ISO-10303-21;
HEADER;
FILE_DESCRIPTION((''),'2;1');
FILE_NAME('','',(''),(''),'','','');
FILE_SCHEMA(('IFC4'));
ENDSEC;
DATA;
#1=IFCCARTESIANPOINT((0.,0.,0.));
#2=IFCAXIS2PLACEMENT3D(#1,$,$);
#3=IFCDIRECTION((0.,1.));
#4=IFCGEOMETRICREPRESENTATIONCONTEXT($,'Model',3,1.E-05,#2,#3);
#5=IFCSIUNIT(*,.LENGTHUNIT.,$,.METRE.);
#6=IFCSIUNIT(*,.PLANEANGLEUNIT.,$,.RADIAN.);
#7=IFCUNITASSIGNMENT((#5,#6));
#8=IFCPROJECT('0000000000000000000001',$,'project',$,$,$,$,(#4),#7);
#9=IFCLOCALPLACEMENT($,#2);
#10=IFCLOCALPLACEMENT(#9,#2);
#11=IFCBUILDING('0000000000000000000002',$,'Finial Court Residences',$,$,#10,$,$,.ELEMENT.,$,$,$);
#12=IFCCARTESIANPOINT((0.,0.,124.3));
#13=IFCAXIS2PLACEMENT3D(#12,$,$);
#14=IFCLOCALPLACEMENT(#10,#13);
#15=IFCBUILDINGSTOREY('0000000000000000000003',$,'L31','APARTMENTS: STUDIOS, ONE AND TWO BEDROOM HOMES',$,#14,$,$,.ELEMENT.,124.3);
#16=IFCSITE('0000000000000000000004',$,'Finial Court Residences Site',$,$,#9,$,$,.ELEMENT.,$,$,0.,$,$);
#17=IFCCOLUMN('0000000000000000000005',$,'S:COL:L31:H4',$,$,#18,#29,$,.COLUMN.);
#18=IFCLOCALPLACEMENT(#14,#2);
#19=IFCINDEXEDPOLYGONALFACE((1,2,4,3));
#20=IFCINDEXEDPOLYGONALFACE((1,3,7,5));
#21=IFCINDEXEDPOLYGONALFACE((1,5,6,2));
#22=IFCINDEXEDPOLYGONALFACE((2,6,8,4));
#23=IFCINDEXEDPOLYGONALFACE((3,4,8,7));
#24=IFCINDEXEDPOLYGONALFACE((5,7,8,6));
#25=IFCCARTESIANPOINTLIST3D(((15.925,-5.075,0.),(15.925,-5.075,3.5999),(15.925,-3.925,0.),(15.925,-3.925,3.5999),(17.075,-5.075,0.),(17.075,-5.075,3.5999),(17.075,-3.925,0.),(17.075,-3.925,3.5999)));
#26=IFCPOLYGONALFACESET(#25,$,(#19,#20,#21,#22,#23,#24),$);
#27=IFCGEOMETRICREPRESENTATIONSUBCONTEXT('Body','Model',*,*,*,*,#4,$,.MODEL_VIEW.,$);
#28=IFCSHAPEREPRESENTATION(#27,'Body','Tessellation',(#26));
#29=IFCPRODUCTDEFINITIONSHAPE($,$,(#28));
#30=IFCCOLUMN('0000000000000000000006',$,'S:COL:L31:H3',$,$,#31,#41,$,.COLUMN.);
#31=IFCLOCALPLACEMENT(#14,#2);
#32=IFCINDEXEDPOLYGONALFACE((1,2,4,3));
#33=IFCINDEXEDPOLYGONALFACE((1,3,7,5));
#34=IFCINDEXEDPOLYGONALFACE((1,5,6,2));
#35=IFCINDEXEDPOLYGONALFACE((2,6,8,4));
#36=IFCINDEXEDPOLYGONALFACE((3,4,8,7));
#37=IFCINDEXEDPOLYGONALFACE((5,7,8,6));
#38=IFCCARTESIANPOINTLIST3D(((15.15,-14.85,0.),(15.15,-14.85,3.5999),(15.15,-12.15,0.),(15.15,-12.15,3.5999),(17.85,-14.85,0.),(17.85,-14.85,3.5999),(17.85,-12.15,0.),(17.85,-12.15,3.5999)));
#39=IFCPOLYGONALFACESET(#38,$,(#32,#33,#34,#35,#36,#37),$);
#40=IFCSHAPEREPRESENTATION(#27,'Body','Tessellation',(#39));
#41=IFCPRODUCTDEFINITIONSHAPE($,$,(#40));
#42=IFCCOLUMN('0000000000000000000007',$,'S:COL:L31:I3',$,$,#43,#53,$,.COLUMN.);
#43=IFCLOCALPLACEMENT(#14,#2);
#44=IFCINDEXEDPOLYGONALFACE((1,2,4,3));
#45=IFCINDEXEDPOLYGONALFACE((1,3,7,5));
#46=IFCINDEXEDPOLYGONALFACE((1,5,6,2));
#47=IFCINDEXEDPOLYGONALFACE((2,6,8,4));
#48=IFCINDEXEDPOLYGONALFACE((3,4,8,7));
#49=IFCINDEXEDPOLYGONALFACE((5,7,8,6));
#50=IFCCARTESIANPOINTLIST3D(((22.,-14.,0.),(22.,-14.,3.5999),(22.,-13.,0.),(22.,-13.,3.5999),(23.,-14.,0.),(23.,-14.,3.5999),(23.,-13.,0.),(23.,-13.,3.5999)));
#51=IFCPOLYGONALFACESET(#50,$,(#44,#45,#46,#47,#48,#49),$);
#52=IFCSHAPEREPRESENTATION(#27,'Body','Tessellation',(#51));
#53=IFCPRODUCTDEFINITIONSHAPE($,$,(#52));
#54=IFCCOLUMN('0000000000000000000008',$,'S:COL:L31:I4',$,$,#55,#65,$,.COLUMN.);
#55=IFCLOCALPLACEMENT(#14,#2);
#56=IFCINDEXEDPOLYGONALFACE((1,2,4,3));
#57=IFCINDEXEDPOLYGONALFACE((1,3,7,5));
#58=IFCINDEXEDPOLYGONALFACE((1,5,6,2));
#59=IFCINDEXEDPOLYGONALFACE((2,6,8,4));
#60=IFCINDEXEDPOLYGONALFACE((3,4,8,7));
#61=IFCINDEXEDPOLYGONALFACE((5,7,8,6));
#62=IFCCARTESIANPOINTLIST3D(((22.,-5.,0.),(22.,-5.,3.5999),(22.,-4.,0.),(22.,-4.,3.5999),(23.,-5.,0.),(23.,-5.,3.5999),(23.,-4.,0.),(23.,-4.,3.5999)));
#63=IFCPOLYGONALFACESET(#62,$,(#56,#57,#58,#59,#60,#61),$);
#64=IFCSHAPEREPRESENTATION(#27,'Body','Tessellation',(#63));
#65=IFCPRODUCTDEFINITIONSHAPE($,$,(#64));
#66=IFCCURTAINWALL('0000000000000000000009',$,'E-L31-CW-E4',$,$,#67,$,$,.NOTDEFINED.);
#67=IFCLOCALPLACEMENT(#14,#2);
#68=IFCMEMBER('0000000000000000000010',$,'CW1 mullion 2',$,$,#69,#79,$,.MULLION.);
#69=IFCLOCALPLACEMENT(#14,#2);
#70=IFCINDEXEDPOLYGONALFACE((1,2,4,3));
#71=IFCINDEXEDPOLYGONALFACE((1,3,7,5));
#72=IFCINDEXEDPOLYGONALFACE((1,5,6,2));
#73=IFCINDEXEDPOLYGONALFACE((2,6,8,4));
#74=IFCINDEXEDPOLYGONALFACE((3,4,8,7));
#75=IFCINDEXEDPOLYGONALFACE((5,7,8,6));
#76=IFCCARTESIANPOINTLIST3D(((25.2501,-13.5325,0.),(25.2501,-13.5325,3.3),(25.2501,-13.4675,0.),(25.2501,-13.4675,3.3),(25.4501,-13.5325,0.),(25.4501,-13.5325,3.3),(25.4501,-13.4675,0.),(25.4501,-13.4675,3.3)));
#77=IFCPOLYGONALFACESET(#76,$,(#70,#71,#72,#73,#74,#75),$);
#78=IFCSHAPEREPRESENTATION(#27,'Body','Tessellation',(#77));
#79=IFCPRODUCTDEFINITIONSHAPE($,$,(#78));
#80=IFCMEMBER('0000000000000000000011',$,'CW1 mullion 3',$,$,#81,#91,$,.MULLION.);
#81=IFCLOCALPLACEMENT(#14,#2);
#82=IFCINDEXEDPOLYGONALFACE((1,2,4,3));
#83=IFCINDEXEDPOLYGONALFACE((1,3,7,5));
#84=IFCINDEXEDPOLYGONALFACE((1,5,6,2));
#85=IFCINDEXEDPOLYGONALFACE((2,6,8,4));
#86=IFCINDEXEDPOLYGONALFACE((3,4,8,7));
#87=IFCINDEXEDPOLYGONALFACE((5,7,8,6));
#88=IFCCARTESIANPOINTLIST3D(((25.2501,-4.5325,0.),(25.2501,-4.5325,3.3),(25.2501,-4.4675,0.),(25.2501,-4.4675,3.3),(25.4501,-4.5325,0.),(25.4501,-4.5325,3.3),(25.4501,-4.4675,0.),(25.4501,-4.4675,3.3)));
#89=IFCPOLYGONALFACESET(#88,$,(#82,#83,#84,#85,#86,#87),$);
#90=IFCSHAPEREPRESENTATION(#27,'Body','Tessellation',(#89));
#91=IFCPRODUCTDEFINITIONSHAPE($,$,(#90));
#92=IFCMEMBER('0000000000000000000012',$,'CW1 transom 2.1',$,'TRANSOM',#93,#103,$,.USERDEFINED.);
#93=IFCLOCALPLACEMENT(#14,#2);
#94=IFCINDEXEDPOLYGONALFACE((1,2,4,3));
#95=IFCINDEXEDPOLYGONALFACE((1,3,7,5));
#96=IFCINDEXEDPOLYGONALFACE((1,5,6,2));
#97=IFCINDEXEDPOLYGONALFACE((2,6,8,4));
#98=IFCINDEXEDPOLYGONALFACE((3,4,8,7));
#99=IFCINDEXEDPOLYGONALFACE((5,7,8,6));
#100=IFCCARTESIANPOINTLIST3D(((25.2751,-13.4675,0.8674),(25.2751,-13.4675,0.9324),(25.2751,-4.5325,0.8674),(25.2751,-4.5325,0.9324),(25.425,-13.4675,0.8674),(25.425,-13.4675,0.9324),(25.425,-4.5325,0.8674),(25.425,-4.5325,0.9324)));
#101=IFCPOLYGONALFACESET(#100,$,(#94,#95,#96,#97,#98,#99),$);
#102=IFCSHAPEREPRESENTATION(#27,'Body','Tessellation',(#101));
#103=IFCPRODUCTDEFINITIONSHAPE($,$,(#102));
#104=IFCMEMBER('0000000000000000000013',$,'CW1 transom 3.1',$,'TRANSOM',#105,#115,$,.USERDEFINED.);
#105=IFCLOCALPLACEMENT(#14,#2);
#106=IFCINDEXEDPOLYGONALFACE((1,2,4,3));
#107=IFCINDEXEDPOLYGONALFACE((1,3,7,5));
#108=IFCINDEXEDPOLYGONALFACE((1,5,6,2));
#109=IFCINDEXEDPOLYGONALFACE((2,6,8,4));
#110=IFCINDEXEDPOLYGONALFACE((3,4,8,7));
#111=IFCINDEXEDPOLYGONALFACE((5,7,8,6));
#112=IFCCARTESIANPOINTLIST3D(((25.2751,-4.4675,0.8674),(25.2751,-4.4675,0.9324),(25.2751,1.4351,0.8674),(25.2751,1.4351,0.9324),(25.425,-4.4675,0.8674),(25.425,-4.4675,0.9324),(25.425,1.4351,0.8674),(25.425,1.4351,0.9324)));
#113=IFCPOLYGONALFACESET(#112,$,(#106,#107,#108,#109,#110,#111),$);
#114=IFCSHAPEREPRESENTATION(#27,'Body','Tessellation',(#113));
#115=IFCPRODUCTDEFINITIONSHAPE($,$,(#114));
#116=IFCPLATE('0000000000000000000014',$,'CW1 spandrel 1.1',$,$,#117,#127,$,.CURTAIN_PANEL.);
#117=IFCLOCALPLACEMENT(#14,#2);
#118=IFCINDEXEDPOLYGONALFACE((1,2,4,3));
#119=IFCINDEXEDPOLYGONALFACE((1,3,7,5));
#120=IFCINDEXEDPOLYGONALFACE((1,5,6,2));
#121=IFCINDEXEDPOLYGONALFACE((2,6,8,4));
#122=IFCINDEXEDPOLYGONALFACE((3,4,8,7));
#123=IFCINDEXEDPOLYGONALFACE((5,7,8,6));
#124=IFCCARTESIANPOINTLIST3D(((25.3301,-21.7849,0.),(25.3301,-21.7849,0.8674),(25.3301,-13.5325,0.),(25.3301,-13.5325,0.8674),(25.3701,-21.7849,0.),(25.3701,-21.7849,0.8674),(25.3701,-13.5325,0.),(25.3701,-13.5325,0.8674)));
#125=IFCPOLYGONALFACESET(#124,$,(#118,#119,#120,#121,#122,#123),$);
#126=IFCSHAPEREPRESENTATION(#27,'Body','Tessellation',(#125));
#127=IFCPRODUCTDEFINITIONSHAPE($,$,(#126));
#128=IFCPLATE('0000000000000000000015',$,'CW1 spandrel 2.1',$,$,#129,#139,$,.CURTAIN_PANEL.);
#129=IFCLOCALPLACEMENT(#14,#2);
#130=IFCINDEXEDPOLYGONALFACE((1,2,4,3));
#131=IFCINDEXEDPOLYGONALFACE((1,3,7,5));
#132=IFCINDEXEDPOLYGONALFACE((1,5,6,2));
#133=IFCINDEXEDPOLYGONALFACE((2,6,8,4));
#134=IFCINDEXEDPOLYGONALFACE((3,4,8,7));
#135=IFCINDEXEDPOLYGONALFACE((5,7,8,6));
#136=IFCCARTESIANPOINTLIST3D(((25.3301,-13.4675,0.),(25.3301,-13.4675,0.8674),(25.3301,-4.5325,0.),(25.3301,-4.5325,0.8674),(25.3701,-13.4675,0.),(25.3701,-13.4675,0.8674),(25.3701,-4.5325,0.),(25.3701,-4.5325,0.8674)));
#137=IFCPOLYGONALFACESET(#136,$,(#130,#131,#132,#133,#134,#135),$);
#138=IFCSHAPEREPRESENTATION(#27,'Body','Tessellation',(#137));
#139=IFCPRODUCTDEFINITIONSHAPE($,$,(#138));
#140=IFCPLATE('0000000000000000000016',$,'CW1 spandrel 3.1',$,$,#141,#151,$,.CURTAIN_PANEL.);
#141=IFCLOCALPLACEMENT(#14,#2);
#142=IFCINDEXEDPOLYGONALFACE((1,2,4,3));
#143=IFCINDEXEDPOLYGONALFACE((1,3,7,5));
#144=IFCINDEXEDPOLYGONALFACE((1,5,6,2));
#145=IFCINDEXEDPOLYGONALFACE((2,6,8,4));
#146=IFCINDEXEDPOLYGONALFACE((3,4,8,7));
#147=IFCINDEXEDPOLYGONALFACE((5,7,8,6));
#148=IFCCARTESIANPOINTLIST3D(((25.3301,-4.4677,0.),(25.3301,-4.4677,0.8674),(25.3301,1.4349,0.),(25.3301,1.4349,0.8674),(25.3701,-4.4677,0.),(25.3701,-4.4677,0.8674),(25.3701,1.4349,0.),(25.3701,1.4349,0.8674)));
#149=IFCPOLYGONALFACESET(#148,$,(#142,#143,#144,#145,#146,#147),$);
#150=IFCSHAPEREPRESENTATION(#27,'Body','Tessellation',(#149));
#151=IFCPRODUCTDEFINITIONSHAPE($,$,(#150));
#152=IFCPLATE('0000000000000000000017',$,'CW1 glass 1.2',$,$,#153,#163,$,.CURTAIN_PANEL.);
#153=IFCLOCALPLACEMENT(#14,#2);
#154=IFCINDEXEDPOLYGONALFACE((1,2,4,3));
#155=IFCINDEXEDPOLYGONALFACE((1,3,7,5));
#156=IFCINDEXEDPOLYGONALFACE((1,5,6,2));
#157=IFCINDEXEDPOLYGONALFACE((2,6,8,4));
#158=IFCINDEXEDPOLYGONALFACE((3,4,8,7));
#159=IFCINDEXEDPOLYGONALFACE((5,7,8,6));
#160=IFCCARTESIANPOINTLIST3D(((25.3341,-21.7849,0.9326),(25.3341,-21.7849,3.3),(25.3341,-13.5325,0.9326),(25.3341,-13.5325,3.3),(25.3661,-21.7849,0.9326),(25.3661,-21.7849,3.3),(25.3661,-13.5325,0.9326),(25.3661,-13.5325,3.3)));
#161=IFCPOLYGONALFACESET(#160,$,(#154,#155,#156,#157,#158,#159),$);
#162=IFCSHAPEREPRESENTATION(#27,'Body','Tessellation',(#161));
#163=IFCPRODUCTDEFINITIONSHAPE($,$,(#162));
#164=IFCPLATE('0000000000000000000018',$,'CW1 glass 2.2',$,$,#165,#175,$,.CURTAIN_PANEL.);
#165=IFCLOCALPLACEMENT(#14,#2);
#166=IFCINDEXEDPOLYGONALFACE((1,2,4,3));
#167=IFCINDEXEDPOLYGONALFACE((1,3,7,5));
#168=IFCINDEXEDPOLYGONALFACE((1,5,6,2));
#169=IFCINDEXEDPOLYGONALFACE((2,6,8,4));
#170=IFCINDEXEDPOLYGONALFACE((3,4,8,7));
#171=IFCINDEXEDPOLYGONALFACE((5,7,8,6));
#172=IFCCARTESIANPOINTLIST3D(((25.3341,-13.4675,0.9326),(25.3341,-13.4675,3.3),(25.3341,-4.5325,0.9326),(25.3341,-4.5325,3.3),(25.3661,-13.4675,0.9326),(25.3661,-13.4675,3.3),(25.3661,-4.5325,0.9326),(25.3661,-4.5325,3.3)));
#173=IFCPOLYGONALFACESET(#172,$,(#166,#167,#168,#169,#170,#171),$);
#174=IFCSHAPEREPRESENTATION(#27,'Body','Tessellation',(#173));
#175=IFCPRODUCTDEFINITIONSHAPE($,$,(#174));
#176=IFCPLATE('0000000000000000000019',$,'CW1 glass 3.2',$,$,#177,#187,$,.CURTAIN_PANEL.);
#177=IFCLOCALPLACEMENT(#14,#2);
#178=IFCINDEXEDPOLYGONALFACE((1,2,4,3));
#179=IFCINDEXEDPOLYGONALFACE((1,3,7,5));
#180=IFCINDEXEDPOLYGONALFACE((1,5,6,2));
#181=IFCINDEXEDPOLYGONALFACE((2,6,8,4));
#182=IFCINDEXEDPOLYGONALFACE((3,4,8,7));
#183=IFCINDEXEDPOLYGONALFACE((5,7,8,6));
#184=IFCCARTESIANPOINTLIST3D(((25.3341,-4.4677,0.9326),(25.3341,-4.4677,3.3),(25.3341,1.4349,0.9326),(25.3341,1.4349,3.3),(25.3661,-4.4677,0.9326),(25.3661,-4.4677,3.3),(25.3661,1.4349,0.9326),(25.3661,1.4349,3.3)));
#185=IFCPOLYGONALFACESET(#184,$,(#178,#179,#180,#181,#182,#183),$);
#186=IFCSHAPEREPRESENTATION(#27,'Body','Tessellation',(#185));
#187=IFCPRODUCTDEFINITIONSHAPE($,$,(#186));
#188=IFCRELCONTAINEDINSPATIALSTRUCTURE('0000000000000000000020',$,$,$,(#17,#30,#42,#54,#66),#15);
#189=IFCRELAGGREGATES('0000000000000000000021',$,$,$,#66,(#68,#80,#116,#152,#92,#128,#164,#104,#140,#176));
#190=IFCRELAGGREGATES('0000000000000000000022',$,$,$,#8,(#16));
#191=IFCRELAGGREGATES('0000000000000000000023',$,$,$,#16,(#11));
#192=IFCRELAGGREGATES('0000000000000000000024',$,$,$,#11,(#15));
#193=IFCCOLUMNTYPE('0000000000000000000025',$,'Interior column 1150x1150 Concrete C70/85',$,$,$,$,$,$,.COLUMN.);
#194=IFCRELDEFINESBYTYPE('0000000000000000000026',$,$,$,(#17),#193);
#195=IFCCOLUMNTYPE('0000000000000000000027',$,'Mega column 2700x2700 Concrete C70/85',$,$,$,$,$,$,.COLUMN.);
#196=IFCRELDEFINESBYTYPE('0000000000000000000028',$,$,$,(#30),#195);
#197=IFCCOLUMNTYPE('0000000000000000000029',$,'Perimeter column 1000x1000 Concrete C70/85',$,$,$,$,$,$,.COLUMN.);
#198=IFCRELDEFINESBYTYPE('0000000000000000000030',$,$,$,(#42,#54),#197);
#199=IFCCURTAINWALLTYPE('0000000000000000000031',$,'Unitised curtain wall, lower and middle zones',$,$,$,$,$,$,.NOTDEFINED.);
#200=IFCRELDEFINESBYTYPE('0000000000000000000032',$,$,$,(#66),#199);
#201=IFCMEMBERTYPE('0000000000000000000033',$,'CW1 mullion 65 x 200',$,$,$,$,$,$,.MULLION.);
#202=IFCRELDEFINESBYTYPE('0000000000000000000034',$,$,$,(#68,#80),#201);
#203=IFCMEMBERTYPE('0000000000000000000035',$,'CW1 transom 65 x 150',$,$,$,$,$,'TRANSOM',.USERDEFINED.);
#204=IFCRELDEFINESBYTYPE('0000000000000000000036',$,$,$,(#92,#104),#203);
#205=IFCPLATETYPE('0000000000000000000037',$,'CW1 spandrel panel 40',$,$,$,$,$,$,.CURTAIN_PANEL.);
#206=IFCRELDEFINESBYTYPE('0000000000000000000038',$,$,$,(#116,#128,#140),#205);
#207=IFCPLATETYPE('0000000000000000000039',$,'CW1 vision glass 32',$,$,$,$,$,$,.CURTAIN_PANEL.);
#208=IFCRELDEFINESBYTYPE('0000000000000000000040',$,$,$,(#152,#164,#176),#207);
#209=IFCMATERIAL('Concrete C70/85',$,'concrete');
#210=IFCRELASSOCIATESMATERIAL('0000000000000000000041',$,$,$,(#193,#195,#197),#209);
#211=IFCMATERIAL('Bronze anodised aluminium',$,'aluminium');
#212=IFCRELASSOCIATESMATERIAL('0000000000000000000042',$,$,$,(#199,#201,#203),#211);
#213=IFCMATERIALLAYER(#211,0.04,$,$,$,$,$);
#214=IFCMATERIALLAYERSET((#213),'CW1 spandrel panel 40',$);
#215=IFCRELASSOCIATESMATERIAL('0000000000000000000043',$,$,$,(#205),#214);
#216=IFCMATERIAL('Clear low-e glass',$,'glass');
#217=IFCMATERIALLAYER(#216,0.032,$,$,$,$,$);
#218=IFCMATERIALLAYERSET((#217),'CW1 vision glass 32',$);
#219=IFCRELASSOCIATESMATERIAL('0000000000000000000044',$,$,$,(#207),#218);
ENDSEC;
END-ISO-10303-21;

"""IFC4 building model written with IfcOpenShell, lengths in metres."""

from ifc_helpers import new_model, si_unit, direction, frame, origin, origin_2d, place, context, subcontext, project, spatial, rectangle, extrude, material, layer, layer_set, material_profile, profile_set, type_object, element, aggregate, save


model = new_model("IFC4")

# Units and contexts
model_context = context("Model", 3, precision=1e-05, world=origin(), true_north=direction((0.0, 1.0)))
body_context = subcontext(model_context, "Body", "Model", "MODEL_VIEW")
ifc_project = project(units=[si_unit("LENGTHUNIT", "METRE"), si_unit("PLANEANGLEUNIT", "RADIAN")], contexts=[model_context])

# Site, building, storey
site_placement = place(None, origin())
site = spatial("IfcSite", under=ifc_project, at=site_placement, Name="Finial Court Residences Site", CompositionType="ELEMENT", RefElevation=0.0)
building_placement = place(site_placement, origin())
building = spatial("IfcBuilding", under=site, at=building_placement, Name="Finial Court Residences", CompositionType="ELEMENT")
storey_placement = place(building_placement, frame((0.0, 0.0, 124.3)))
storey = spatial("IfcBuildingStorey", under=building, at=storey_placement, Name="L31", Description="APARTMENTS: STUDIOS, ONE AND TWO BEDROOM HOMES", CompositionType="ELEMENT", Elevation=124.3)

# Columns
ifc_material_1 = material(Name="Concrete C70/85", Category="concrete")
ifc_material_profile_1 = material_profile(ifc_material_1, rectangle(XDim=1.1499, YDim=1.1499, at=origin_2d()), Name="1150x1150")
ifc_profile_set_1 = profile_set([ifc_material_profile_1], Name="Concrete C70/85")
column_type_1 = type_object("IfcColumnType", Name="Interior column 1150x1150 Concrete C70/85", PredefinedType="COLUMN", material=ifc_profile_set_1)
column_1_placement = place(storey_placement, frame((16.5, -4.5, 0.0), z_axis=(0.0, 0.0, 1.0), x_axis=(1.0, 0.0, 0.0)))
element("IfcColumn", 1, at=column_1_placement, inside=storey, type_object=column_type_1, Name="S:COL:L31:H4", PredefinedType="COLUMN", context=body_context, shape_type="SweptSolid", body=[
    extrude(rectangle(XDim=1.1499, YDim=1.1499, at=origin_2d()), origin(), (0.0, 0.0, 1.0), 3.5999),
])
ifc_material_profile_2 = material_profile(ifc_material_1, rectangle(XDim=2.7, YDim=2.7, at=origin_2d()), Name="2700x2700")
ifc_profile_set_2 = profile_set([ifc_material_profile_2], Name="Concrete C70/85")
column_type_2 = type_object("IfcColumnType", Name="Mega column 2700x2700 Concrete C70/85", PredefinedType="COLUMN", material=ifc_profile_set_2)
column_2_placement = place(storey_placement, frame((16.5, -13.5, 0.0), z_axis=(0.0, 0.0, 1.0), x_axis=(1.0, 0.0, 0.0)))
element("IfcColumn", 2, at=column_2_placement, inside=storey, type_object=column_type_2, Name="S:COL:L31:H3", PredefinedType="COLUMN", context=body_context, shape_type="SweptSolid", body=[
    extrude(rectangle(XDim=2.7, YDim=2.7, at=origin_2d()), origin(), (0.0, 0.0, 1.0), 3.5999),
])
ifc_material_profile_3 = material_profile(ifc_material_1, rectangle(XDim=1.0, YDim=1.0, at=origin_2d()), Name="1000x1000")
ifc_profile_set_3 = profile_set([ifc_material_profile_3], Name="Concrete C70/85")
column_type_3 = type_object("IfcColumnType", Name="Perimeter column 1000x1000 Concrete C70/85", PredefinedType="COLUMN", material=ifc_profile_set_3)
for number, where, z_axis, x_axis, name in (
    (3, (22.5, -13.5, 0.0), (0.0, 0.0, 1.0), (1.0, 0.0, 0.0), "S:COL:L31:I3"),
    (4, (22.5, -4.5, 0.0), (0.0, 0.0, 1.0), (1.0, 0.0, 0.0), "S:COL:L31:I4"),
):
    element("IfcColumn", number, at=place(storey_placement, frame(where, z_axis=z_axis, x_axis=x_axis)), inside=storey, type_object=column_type_3, Name=name, PredefinedType="COLUMN", context=body_context, shape_type="SweptSolid", body=[
        extrude(rectangle(XDim=1.0, YDim=1.0, at=origin_2d()), origin(), (0.0, 0.0, 1.0), 3.5999),
    ])

# Curtain wall, members, plates
ifc_material_2 = material(Name="Bronze anodised aluminium", Category="aluminium")
curtain_wall_type = type_object("IfcCurtainWallType", Name="Unitised curtain wall, lower and middle zones", PredefinedType="NOTDEFINED", material=ifc_material_2)
curtain_wall_placement = place(storey_placement, origin())
curtain_wall = element("IfcCurtainWall", 5, at=curtain_wall_placement, inside=storey, type_object=curtain_wall_type, Name="E-L31-CW-E4", PredefinedType="NOTDEFINED")
ifc_material_profile_4 = material_profile(ifc_material_2, rectangle(XDim=0.2, YDim=0.0649, at=origin_2d()), Name="CW1 mullion 65 x 200")
ifc_profile_set_4 = profile_set([ifc_material_profile_4], Name="Bronze anodised aluminium")
member_type_1 = type_object("IfcMemberType", Name="CW1 mullion 65 x 200", PredefinedType="MULLION", material=ifc_profile_set_4)
member_1_placement = place(storey_placement, frame((25.3501, -13.5, 0.0), z_axis=(0.0, 0.0, 1.0), x_axis=(-1.0, 0.0, 0.0)))
member_1 = element("IfcMember", 6, at=member_1_placement, type_object=member_type_1, Name="CW1 mullion 2", PredefinedType="MULLION", context=body_context, shape_type="SweptSolid", body=[
    extrude(rectangle(XDim=0.2, YDim=0.0649, at=origin_2d()), origin(), (0.0, 0.0, 1.0), 3.3),
])
member_2_placement = place(storey_placement, frame((25.3501, -4.5, 0.0), z_axis=(0.0, 0.0, 1.0), x_axis=(-1.0, 0.0, 0.0)))
member_2 = element("IfcMember", 7, at=member_2_placement, type_object=member_type_1, Name="CW1 mullion 3", PredefinedType="MULLION", context=body_context, shape_type="SweptSolid", body=[
    extrude(rectangle(XDim=0.2, YDim=0.0649, at=origin_2d()), origin(), (0.0, 0.0, 1.0), 3.3),
])
ifc_material_profile_5 = material_profile(ifc_material_2, rectangle(XDim=0.1499, YDim=0.0649, at=origin_2d()), Name="CW1 transom 65 x 150")
ifc_profile_set_5 = profile_set([ifc_material_profile_5], Name="Bronze anodised aluminium")
member_type_2 = type_object("IfcMemberType", Name="CW1 transom 65 x 150", ElementType="TRANSOM", PredefinedType="USERDEFINED", material=ifc_profile_set_5)
member_3_placement = place(storey_placement, frame((25.3501, -13.4675, 0.8999), z_axis=(0.0, 1.0, 0.0), x_axis=(-1.0, 0.0, 0.0)))
member_3 = element("IfcMember", 8, at=member_3_placement, type_object=member_type_2, Name="CW1 transom 2.1", ObjectType="TRANSOM", PredefinedType="USERDEFINED", context=body_context, shape_type="SweptSolid", body=[
    extrude(rectangle(XDim=0.1499, YDim=0.0649, at=origin_2d()), origin(), (0.0, 0.0, 1.0), 8.9351),
])
member_4_placement = place(storey_placement, frame((25.3501, -4.4675, 0.8999), z_axis=(0.0, 1.0, 0.0), x_axis=(-1.0, 0.0, 0.0)))
member_4 = element("IfcMember", 9, at=member_4_placement, type_object=member_type_2, Name="CW1 transom 3.1", ObjectType="TRANSOM", PredefinedType="USERDEFINED", context=body_context, shape_type="SweptSolid", body=[
    extrude(rectangle(XDim=0.1499, YDim=0.0649, at=origin_2d()), origin(), (0.0, 0.0, 1.0), 5.9026),
])
ifc_layer_1 = layer(ifc_material_2, 0.04)
ifc_layer_set_1 = layer_set([ifc_layer_1], Name="CW1 spandrel panel 40")
plate_type_1 = type_object("IfcPlateType", Name="CW1 spandrel panel 40", PredefinedType="CURTAIN_PANEL", material=ifc_layer_set_1)
plate_1_placement = place(storey_placement, frame((25.3501, -17.6587, 0.0), z_axis=(0.0, 0.0, 1.0), x_axis=(0.0, 1.0, 0.0)))
plate_1 = element("IfcPlate", 10, at=plate_1_placement, type_object=plate_type_1, Name="CW1 spandrel 1.1", PredefinedType="CURTAIN_PANEL", context=body_context, shape_type="SweptSolid", body=[
    extrude(rectangle(XDim=8.2524, YDim=0.04, at=origin_2d()), origin(), (0.0, 0.0, 1.0), 0.8674),
])
plate_2_placement = place(storey_placement, frame((25.3501, -9.0, 0.0), z_axis=(0.0, 0.0, 1.0), x_axis=(0.0, 1.0, 0.0)))
plate_2 = element("IfcPlate", 11, at=plate_2_placement, type_object=plate_type_1, Name="CW1 spandrel 2.1", PredefinedType="CURTAIN_PANEL", context=body_context, shape_type="SweptSolid", body=[
    extrude(rectangle(XDim=8.9351, YDim=0.04, at=origin_2d()), origin(), (0.0, 0.0, 1.0), 0.8674),
])
plate_3_placement = place(storey_placement, frame((25.3501, -1.5164, 0.0), z_axis=(0.0, 0.0, 1.0), x_axis=(0.0, 1.0, 0.0)))
plate_3 = element("IfcPlate", 12, at=plate_3_placement, type_object=plate_type_1, Name="CW1 spandrel 3.1", PredefinedType="CURTAIN_PANEL", context=body_context, shape_type="SweptSolid", body=[
    extrude(rectangle(XDim=5.9026, YDim=0.04, at=origin_2d()), origin(), (0.0, 0.0, 1.0), 0.8674),
])
ifc_material_3 = material(Name="Clear low-e glass", Category="glass")
ifc_layer_2 = layer(ifc_material_3, 0.032)
ifc_layer_set_2 = layer_set([ifc_layer_2], Name="CW1 vision glass 32")
plate_type_2 = type_object("IfcPlateType", Name="CW1 vision glass 32", PredefinedType="CURTAIN_PANEL", material=ifc_layer_set_2)
plate_4_placement = place(storey_placement, frame((25.3501, -17.6587, 0.9326), z_axis=(0.0, 0.0, 1.0), x_axis=(0.0, 1.0, 0.0)))
plate_4 = element("IfcPlate", 13, at=plate_4_placement, type_object=plate_type_2, Name="CW1 glass 1.2", PredefinedType="CURTAIN_PANEL", context=body_context, shape_type="SweptSolid", body=[
    extrude(rectangle(XDim=8.2524, YDim=0.032, at=origin_2d()), origin(), (0.0, 0.0, 1.0), 2.3674),
])
plate_5_placement = place(storey_placement, frame((25.3501, -9.0, 0.9326), z_axis=(0.0, 0.0, 1.0), x_axis=(0.0, 1.0, 0.0)))
plate_5 = element("IfcPlate", 14, at=plate_5_placement, type_object=plate_type_2, Name="CW1 glass 2.2", PredefinedType="CURTAIN_PANEL", context=body_context, shape_type="SweptSolid", body=[
    extrude(rectangle(XDim=8.9351, YDim=0.032, at=origin_2d()), origin(), (0.0, 0.0, 1.0), 2.3674),
])
plate_6_placement = place(storey_placement, frame((25.3501, -1.5164, 0.9326), z_axis=(0.0, 0.0, 1.0), x_axis=(0.0, 1.0, 0.0)))
plate_6 = element("IfcPlate", 15, at=plate_6_placement, type_object=plate_type_2, Name="CW1 glass 3.2", PredefinedType="CURTAIN_PANEL", context=body_context, shape_type="SweptSolid", body=[
    extrude(rectangle(XDim=5.9026, YDim=0.032, at=origin_2d()), origin(), (0.0, 0.0, 1.0), 2.3674),
])
aggregate(curtain_wall, [member_1, member_2, plate_1, plate_4, member_3, plate_2, plate_5, member_4, plate_3, plate_6])

save(model, "model.ifc")
